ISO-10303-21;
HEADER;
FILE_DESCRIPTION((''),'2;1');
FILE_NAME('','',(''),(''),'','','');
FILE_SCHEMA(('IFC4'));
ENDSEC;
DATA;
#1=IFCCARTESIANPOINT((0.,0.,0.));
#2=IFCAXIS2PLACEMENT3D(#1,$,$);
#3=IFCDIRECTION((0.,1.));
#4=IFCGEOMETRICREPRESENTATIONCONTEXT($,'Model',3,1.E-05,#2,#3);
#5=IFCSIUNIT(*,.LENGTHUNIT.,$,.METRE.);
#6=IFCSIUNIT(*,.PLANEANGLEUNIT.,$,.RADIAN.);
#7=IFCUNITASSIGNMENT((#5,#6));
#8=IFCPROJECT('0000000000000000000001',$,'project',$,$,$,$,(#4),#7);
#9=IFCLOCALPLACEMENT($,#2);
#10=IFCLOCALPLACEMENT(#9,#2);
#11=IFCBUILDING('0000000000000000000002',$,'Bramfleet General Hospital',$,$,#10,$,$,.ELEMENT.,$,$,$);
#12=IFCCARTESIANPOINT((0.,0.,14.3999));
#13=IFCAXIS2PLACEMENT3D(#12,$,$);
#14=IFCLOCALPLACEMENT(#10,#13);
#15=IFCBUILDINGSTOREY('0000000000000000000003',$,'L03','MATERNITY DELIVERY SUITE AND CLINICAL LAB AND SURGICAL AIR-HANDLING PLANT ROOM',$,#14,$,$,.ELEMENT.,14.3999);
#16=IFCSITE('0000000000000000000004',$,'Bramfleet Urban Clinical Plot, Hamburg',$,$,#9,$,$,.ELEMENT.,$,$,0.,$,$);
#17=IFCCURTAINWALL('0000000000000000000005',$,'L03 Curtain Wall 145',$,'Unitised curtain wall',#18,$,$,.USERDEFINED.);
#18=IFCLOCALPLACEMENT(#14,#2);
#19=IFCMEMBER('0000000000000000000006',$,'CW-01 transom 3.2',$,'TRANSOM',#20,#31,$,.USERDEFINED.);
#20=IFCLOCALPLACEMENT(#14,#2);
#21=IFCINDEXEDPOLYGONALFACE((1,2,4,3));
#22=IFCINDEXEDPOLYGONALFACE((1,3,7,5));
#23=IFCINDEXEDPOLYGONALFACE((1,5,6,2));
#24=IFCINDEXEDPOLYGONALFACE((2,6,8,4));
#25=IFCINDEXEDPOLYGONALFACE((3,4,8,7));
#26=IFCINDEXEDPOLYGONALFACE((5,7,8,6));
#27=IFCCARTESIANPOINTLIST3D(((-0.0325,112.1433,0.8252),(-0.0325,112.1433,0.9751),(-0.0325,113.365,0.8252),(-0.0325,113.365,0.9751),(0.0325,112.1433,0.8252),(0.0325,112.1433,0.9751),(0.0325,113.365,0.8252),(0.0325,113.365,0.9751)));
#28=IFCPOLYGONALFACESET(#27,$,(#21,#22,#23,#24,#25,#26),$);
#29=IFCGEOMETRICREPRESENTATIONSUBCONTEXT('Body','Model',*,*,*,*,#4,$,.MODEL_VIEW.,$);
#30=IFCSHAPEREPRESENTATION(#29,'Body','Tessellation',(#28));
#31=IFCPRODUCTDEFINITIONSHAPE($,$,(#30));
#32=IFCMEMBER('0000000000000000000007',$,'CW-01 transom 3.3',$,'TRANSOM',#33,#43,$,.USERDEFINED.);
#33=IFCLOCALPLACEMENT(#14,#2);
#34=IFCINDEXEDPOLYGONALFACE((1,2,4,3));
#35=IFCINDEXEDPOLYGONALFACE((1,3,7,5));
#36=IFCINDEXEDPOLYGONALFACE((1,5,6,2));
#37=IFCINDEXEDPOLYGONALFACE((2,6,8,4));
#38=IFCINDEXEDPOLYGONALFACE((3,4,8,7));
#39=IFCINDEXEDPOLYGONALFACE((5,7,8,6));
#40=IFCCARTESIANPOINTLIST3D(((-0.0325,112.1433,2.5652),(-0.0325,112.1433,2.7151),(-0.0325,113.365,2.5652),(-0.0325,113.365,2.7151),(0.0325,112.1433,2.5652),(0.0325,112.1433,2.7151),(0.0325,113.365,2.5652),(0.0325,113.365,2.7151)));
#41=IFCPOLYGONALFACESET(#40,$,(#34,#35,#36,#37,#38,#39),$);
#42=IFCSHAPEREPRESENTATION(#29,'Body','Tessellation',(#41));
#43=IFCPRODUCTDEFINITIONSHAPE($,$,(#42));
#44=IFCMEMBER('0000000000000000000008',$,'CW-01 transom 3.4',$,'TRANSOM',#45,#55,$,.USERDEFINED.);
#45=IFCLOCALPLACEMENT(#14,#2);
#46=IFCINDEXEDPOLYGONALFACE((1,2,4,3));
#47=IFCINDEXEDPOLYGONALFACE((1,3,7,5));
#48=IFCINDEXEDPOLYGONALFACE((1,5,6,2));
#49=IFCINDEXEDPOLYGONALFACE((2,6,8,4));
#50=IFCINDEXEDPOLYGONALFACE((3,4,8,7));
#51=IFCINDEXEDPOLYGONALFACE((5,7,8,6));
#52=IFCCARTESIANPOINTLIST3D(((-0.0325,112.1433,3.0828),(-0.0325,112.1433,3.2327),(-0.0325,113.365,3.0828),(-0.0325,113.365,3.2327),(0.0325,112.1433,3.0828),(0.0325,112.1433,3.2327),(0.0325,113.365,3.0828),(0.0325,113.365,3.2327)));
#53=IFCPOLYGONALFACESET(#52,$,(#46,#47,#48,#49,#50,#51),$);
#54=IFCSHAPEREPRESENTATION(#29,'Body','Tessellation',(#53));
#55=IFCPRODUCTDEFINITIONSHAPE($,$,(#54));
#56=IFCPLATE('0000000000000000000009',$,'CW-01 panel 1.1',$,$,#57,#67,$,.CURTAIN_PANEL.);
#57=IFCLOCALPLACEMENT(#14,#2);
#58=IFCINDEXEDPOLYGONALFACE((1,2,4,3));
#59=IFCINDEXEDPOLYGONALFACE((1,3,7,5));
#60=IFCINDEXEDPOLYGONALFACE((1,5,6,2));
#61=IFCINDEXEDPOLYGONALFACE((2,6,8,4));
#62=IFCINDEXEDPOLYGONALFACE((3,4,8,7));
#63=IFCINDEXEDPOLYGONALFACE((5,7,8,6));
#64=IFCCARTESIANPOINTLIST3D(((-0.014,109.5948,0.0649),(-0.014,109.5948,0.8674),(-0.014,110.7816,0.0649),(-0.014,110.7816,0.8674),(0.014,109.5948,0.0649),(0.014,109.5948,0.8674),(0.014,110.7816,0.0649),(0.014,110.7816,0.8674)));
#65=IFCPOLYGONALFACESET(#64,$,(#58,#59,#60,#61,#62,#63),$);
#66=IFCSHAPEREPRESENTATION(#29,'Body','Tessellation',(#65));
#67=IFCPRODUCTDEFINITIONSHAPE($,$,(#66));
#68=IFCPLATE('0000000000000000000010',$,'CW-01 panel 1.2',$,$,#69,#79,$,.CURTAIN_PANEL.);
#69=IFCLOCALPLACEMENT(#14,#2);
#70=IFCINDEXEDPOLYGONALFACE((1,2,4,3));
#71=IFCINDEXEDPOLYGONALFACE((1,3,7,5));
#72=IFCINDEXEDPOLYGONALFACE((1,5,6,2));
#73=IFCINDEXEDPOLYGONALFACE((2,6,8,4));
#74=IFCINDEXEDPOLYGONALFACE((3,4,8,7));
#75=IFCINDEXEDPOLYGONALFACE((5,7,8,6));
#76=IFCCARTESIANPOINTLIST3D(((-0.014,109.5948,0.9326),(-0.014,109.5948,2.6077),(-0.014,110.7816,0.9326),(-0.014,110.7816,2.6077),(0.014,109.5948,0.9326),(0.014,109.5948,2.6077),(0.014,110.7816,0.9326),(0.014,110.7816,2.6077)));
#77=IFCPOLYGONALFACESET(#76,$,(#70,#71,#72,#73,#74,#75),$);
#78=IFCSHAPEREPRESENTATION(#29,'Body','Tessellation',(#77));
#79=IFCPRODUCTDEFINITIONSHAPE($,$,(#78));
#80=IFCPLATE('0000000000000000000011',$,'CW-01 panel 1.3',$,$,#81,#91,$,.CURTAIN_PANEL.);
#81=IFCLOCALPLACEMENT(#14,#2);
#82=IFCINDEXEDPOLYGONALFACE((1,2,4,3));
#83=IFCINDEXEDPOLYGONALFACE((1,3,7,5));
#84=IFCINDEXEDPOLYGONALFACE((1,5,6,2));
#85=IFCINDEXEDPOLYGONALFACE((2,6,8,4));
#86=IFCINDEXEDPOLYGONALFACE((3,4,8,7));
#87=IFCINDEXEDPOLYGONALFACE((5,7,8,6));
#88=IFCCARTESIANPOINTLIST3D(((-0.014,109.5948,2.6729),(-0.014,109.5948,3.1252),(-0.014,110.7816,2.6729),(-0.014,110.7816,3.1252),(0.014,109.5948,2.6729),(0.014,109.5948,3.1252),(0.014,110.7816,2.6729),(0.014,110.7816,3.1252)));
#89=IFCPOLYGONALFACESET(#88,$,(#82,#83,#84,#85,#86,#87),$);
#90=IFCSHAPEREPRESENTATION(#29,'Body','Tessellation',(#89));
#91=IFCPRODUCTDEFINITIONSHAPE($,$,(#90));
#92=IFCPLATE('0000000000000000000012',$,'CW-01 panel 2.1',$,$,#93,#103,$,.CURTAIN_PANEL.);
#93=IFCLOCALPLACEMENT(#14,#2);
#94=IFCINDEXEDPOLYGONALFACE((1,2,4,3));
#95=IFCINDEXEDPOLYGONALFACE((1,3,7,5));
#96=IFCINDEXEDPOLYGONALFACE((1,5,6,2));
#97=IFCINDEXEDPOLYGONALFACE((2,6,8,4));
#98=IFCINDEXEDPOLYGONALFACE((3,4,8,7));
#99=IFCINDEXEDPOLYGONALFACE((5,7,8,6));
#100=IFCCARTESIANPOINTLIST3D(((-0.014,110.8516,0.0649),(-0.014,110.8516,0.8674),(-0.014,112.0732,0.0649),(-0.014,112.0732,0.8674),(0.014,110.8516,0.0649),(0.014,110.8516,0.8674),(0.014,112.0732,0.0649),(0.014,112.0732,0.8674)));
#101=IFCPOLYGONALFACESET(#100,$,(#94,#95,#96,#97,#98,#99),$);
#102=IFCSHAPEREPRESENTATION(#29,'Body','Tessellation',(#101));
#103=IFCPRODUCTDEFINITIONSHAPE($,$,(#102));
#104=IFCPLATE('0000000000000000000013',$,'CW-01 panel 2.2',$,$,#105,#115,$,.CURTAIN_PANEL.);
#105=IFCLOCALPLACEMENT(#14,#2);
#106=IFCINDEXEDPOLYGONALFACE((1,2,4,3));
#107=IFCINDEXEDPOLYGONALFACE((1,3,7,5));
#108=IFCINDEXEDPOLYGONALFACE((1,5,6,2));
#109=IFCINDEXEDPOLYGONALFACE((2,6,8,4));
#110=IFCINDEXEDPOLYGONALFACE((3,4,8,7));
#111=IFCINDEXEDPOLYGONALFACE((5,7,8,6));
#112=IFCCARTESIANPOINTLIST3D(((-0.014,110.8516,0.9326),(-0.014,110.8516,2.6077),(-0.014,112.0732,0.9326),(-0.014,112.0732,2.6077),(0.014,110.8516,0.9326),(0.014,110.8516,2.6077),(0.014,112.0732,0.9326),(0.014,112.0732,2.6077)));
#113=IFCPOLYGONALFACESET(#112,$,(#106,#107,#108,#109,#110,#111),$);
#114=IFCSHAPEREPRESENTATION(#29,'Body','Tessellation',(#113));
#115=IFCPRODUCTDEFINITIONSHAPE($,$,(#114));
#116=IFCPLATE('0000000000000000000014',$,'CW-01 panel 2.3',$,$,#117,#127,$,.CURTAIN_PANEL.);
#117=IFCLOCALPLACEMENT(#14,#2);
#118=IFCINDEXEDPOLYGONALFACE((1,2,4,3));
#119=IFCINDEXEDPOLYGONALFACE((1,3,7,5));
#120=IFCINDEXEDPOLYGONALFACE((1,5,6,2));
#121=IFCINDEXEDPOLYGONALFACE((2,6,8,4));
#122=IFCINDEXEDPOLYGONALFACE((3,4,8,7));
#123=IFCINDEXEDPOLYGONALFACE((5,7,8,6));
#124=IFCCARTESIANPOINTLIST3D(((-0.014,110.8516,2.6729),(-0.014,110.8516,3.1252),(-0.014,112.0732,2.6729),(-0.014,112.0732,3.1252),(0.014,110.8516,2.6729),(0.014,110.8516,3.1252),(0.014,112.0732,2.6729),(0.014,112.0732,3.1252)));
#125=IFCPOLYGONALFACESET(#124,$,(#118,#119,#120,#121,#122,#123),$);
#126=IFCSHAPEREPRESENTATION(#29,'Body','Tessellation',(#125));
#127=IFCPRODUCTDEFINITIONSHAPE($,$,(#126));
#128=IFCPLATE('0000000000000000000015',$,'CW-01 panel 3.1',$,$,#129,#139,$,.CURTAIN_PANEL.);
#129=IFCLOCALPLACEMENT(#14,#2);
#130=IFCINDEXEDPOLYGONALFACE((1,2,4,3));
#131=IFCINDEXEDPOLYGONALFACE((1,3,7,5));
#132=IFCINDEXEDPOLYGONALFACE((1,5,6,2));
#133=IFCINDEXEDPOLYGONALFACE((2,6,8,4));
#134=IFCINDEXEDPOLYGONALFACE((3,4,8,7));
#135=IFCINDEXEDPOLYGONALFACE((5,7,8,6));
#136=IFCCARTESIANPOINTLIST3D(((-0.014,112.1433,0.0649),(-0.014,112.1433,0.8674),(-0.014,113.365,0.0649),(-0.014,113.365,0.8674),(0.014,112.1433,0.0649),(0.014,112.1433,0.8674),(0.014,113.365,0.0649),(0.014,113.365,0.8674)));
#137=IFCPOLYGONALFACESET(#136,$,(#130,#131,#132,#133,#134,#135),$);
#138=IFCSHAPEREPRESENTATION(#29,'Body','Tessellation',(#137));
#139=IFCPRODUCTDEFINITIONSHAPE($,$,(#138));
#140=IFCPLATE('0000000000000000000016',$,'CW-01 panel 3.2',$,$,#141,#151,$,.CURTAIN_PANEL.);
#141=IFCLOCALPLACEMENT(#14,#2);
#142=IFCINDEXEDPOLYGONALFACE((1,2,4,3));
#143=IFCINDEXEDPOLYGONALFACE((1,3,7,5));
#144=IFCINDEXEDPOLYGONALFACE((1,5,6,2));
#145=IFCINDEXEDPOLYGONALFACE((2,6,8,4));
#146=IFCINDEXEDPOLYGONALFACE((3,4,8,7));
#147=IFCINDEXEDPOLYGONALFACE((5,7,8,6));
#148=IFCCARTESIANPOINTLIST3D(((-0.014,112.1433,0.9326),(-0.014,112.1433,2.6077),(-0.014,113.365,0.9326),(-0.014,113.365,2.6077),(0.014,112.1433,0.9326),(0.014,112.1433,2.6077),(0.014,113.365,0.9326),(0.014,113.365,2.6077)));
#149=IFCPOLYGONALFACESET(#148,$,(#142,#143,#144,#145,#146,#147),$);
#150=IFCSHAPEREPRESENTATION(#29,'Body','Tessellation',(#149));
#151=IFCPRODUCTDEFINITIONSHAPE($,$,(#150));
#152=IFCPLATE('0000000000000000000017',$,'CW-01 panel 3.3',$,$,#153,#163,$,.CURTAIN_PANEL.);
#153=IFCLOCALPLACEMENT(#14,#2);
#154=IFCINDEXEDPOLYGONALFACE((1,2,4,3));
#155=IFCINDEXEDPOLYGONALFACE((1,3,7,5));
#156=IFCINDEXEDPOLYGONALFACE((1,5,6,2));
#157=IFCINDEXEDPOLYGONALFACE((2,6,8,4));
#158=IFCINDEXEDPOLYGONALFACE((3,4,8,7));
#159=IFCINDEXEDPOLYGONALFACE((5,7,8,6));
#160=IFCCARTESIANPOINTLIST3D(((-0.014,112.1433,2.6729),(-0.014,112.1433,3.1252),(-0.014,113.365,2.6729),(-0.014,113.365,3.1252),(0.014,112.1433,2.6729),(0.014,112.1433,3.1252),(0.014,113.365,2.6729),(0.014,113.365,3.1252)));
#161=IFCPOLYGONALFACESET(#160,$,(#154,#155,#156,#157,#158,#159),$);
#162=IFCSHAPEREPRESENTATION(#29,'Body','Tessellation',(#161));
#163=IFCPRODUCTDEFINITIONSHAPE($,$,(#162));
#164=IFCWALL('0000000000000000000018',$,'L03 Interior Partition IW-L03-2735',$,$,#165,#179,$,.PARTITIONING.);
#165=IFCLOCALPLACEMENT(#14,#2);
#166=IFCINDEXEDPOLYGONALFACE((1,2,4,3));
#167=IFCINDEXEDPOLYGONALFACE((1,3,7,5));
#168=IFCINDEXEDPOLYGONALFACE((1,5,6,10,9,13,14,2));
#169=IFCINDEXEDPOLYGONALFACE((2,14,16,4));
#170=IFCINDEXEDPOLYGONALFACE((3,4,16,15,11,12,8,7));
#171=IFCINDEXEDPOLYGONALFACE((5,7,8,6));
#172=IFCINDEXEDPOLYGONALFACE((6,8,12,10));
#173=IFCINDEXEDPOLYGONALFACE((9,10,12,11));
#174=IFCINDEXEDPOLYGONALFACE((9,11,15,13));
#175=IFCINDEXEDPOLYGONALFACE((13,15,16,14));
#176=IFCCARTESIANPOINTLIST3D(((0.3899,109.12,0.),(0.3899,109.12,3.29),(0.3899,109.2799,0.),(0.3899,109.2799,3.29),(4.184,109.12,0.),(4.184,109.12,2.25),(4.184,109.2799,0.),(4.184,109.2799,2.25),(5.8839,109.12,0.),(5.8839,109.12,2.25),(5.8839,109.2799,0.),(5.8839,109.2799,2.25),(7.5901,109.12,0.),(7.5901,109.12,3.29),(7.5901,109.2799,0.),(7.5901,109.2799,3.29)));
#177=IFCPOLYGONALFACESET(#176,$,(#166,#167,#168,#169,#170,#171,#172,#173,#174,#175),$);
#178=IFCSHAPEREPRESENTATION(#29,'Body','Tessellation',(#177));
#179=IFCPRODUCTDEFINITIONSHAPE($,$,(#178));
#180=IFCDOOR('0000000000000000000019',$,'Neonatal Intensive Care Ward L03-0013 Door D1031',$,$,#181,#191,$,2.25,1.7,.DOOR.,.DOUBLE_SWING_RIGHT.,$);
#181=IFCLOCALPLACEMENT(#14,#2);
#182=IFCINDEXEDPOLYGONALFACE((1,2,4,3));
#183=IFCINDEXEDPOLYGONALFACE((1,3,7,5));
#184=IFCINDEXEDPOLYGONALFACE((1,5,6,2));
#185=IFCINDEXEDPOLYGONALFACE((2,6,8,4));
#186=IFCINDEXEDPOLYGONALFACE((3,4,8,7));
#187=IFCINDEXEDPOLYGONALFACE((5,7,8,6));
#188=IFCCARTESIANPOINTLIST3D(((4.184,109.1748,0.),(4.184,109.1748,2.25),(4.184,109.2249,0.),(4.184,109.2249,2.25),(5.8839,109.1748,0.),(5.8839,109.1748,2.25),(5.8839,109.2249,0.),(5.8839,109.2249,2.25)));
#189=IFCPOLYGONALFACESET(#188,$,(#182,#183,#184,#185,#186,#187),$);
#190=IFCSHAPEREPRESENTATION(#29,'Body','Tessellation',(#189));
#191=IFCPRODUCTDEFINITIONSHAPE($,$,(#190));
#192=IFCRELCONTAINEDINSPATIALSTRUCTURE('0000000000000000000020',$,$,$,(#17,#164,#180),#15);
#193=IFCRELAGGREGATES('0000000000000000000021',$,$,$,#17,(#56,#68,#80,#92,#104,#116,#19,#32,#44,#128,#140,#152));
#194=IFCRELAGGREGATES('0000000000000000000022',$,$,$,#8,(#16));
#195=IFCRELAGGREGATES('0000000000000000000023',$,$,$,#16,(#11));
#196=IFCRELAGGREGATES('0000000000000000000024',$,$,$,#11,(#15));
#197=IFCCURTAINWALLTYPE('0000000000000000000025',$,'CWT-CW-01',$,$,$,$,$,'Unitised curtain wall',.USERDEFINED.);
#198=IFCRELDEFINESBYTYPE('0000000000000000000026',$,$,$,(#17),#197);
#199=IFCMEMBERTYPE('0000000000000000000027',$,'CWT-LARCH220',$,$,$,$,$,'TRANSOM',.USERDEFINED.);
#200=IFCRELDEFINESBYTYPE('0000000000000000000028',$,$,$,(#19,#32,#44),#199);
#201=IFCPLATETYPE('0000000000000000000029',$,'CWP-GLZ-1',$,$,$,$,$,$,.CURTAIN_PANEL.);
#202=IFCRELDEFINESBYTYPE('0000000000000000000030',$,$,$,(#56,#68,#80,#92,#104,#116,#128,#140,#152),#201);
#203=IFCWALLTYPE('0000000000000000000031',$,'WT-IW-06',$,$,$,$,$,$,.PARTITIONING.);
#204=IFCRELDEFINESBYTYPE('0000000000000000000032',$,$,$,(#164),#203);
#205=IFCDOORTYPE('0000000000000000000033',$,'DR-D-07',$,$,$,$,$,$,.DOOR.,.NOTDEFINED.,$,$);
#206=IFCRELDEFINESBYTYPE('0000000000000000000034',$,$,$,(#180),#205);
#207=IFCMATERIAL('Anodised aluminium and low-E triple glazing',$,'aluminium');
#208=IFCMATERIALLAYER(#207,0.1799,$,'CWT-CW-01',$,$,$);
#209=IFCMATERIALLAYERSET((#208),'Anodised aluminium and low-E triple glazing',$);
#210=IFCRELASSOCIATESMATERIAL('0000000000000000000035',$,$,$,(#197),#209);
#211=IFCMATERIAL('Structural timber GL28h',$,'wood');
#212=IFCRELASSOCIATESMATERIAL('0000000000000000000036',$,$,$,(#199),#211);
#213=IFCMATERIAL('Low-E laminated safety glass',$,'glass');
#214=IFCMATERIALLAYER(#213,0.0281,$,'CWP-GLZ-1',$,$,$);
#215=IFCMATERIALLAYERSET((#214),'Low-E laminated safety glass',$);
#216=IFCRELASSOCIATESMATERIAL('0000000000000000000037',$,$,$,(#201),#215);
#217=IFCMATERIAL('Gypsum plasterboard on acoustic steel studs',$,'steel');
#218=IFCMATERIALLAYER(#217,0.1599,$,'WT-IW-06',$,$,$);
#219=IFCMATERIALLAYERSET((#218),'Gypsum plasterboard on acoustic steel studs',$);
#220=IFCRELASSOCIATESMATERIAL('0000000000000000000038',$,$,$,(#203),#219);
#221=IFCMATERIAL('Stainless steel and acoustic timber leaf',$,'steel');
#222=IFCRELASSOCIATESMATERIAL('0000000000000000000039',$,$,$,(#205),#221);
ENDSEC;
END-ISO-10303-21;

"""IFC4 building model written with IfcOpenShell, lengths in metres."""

from ifc_helpers import new_model, si_unit, direction, frame, frame_2d, origin, origin_2d, place, context, subcontext, project, spatial, rectangle, extrude, material, layer, layer_set, material_profile, profile_set, type_object, element, fill, aggregate, save


model = new_model("IFC4")

# Units and contexts
model_context = context("Model", 3, precision=1e-05, world=origin(), true_north=direction((0.0, 1.0)))
body_context = subcontext(model_context, "Body", "Model", "MODEL_VIEW")
ifc_project = project(units=[si_unit("LENGTHUNIT", "METRE"), si_unit("PLANEANGLEUNIT", "RADIAN")], contexts=[model_context])

# Site, building, storey
site_placement = place(None, origin())
site = spatial("IfcSite", under=ifc_project, at=site_placement, Name="Bramfleet Urban Clinical Plot, Hamburg", CompositionType="ELEMENT", RefElevation=0.0)
building_placement = place(site_placement, origin())
building = spatial("IfcBuilding", under=site, at=building_placement, Name="Bramfleet General Hospital", CompositionType="ELEMENT")
storey_placement = place(building_placement, frame((0.0, 0.0, 14.3999)))
storey = spatial("IfcBuildingStorey", under=building, at=storey_placement, Name="L03", Description="MATERNITY DELIVERY SUITE AND CLINICAL LAB AND SURGICAL AIR-HANDLING PLANT ROOM", CompositionType="ELEMENT", Elevation=14.3999)

# Curtain wall, members, plates
ifc_material_1 = material(Name="Anodised aluminium and low-E triple glazing", Category="aluminium")
ifc_layer_1 = layer(ifc_material_1, 0.1799, Name="CWT-CW-01")
ifc_layer_set_1 = layer_set([ifc_layer_1], Name="Anodised aluminium and low-E triple glazing")
curtain_wall_type = type_object("IfcCurtainWallType", Name="CWT-CW-01", ElementType="Unitised curtain wall", PredefinedType="USERDEFINED", material=ifc_layer_set_1)
curtain_wall_placement = place(storey_placement, origin())
curtain_wall = element("IfcCurtainWall", 1, at=curtain_wall_placement, inside=storey, type_object=curtain_wall_type, Name="L03 Curtain Wall 145", ObjectType="Unitised curtain wall", PredefinedType="USERDEFINED")
ifc_material_2 = material(Name="Structural timber GL28h", Category="wood")
ifc_material_profile_1 = material_profile(ifc_material_2, rectangle(XDim=0.0649, YDim=0.1499, at=origin_2d()), Name="LARCH 150x65")
ifc_profile_set_1 = profile_set([ifc_material_profile_1], Name="Structural timber GL28h")
member_type_1 = type_object("IfcMemberType", Name="CWT-LARCH220", ElementType="TRANSOM", PredefinedType="USERDEFINED", material=ifc_profile_set_1)
member_1_placement = place(storey_placement, frame((0.0, 112.1433, 0.9001), z_axis=(0.0, 1.0, 0.0), x_axis=(-1.0, 0.0, 0.0)))
member_1 = element("IfcMember", 2, at=member_1_placement, type_object=member_type_1, Name="CW-01 transom 3.2", ObjectType="TRANSOM", PredefinedType="USERDEFINED", context=body_context, shape_type="SweptSolid", body=[
    extrude(rectangle(XDim=0.0649, YDim=0.1499, at=origin_2d()), origin(), (0.0, 0.0, 1.0), 1.2217),
])
member_2_placement = place(storey_placement, frame((0.0, 112.1433, 2.6401), z_axis=(0.0, 1.0, 0.0), x_axis=(-1.0, 0.0, 0.0)))
member_2 = element("IfcMember", 3, at=member_2_placement, type_object=member_type_1, Name="CW-01 transom 3.3", ObjectType="TRANSOM", PredefinedType="USERDEFINED", context=body_context, shape_type="SweptSolid", body=[
    extrude(rectangle(XDim=0.0649, YDim=0.1499, at=origin_2d()), origin(), (0.0, 0.0, 1.0), 1.2217),
])
member_3_placement = place(storey_placement, frame((0.0, 112.1433, 3.1577), z_axis=(0.0, 1.0, 0.0), x_axis=(-1.0, 0.0, 0.0)))
member_3 = element("IfcMember", 4, at=member_3_placement, type_object=member_type_1, Name="CW-01 transom 3.4", ObjectType="TRANSOM", PredefinedType="USERDEFINED", context=body_context, shape_type="SweptSolid", body=[
    extrude(rectangle(XDim=0.0649, YDim=0.1499, at=origin_2d()), origin(), (0.0, 0.0, 1.0), 1.2217),
])
ifc_material_3 = material(Name="Low-E laminated safety glass", Category="glass")
ifc_layer_2 = layer(ifc_material_3, 0.0281, Name="CWP-GLZ-1")
ifc_layer_set_2 = layer_set([ifc_layer_2], Name="Low-E laminated safety glass")
plate_type = type_object("IfcPlateType", Name="CWP-GLZ-1", PredefinedType="CURTAIN_PANEL", material=ifc_layer_set_2)
plate_1_placement = place(storey_placement, frame((0.0, 110.1882, 0.0649), z_axis=(0.0, 0.0, 1.0), x_axis=(0.0, 1.0, 0.0)))
plate_1 = element("IfcPlate", 5, at=plate_1_placement, type_object=plate_type, Name="CW-01 panel 1.1", PredefinedType="CURTAIN_PANEL", context=body_context, shape_type="SweptSolid", body=[
    extrude(rectangle(XDim=1.1868, YDim=0.0281, at=origin_2d()), origin(), (0.0, 0.0, 1.0), 0.8025),
])
plate_2_placement = place(storey_placement, frame((0.0, 110.1882, 0.9326), z_axis=(0.0, 0.0, 1.0), x_axis=(0.0, 1.0, 0.0)))
plate_2 = element("IfcPlate", 6, at=plate_2_placement, type_object=plate_type, Name="CW-01 panel 1.2", PredefinedType="CURTAIN_PANEL", context=body_context, shape_type="SweptSolid", body=[
    extrude(rectangle(XDim=1.1868, YDim=0.0281, at=origin_2d()), origin(), (0.0, 0.0, 1.0), 1.675),
])
plate_3_placement = place(storey_placement, frame((0.0, 110.1882, 2.6729), z_axis=(0.0, 0.0, 1.0), x_axis=(0.0, 1.0, 0.0)))
plate_3 = element("IfcPlate", 7, at=plate_3_placement, type_object=plate_type, Name="CW-01 panel 1.3", PredefinedType="CURTAIN_PANEL", context=body_context, shape_type="SweptSolid", body=[
    extrude(rectangle(XDim=1.1868, YDim=0.0281, at=origin_2d()), origin(), (0.0, 0.0, 1.0), 0.4524),
])
plate_4_placement = place(storey_placement, frame((0.0, 111.4624, 0.0649), z_axis=(0.0, 0.0, 1.0), x_axis=(0.0, 1.0, 0.0)))
plate_4 = element("IfcPlate", 8, at=plate_4_placement, type_object=plate_type, Name="CW-01 panel 2.1", PredefinedType="CURTAIN_PANEL", context=body_context, shape_type="SweptSolid", body=[
    extrude(rectangle(XDim=1.2217, YDim=0.0281, at=origin_2d()), origin(), (0.0, 0.0, 1.0), 0.8025),
])
plate_5_placement = place(storey_placement, frame((0.0, 111.4624, 0.9326), z_axis=(0.0, 0.0, 1.0), x_axis=(0.0, 1.0, 0.0)))
plate_5 = element("IfcPlate", 9, at=plate_5_placement, type_object=plate_type, Name="CW-01 panel 2.2", PredefinedType="CURTAIN_PANEL", context=body_context, shape_type="SweptSolid", body=[
    extrude(rectangle(XDim=1.2217, YDim=0.0281, at=origin_2d()), origin(), (0.0, 0.0, 1.0), 1.675),
])
plate_6_placement = place(storey_placement, frame((0.0, 111.4624, 2.6729), z_axis=(0.0, 0.0, 1.0), x_axis=(0.0, 1.0, 0.0)))
plate_6 = element("IfcPlate", 10, at=plate_6_placement, type_object=plate_type, Name="CW-01 panel 2.3", PredefinedType="CURTAIN_PANEL", context=body_context, shape_type="SweptSolid", body=[
    extrude(rectangle(XDim=1.2217, YDim=0.0281, at=origin_2d()), origin(), (0.0, 0.0, 1.0), 0.4524),
])
plate_7_placement = place(storey_placement, frame((0.0, 112.7542, 0.0649), z_axis=(0.0, 0.0, 1.0), x_axis=(0.0, 1.0, 0.0)))
plate_7 = element("IfcPlate", 11, at=plate_7_placement, type_object=plate_type, Name="CW-01 panel 3.1", PredefinedType="CURTAIN_PANEL", context=body_context, shape_type="SweptSolid", body=[
    extrude(rectangle(XDim=1.2217, YDim=0.0281, at=origin_2d()), origin(), (0.0, 0.0, 1.0), 0.8025),
])
plate_8_placement = place(storey_placement, frame((0.0, 112.7542, 0.9326), z_axis=(0.0, 0.0, 1.0), x_axis=(0.0, 1.0, 0.0)))
plate_8 = element("IfcPlate", 12, at=plate_8_placement, type_object=plate_type, Name="CW-01 panel 3.2", PredefinedType="CURTAIN_PANEL", context=body_context, shape_type="SweptSolid", body=[
    extrude(rectangle(XDim=1.2217, YDim=0.0281, at=origin_2d()), origin(), (0.0, 0.0, 1.0), 1.675),
])
plate_9_placement = place(storey_placement, frame((0.0, 112.7542, 2.6729), z_axis=(0.0, 0.0, 1.0), x_axis=(0.0, 1.0, 0.0)))
plate_9 = element("IfcPlate", 13, at=plate_9_placement, type_object=plate_type, Name="CW-01 panel 3.3", PredefinedType="CURTAIN_PANEL", context=body_context, shape_type="SweptSolid", body=[
    extrude(rectangle(XDim=1.2217, YDim=0.0281, at=origin_2d()), origin(), (0.0, 0.0, 1.0), 0.4524),
])
aggregate(curtain_wall, [plate_1, plate_2, plate_3, plate_4, plate_5, plate_6, member_1, member_2, member_3, plate_7, plate_8, plate_9])

# Wall, opening, door
ifc_material_4 = material(Name="Gypsum plasterboard on acoustic steel studs", Category="steel")
ifc_layer_3 = layer(ifc_material_4, 0.1599, Name="WT-IW-06")
ifc_layer_set_3 = layer_set([ifc_layer_3], Name="Gypsum plasterboard on acoustic steel studs")
wall_type_1 = type_object("IfcWallType", Name="WT-IW-06", PredefinedType="PARTITIONING", material=ifc_layer_set_3)
wall_1_placement = place(storey_placement, frame((0.3899, 109.2, 0.0), z_axis=(0.0, 0.0, 1.0), x_axis=(1.0, 0.0, 0.0)))
wall_1 = element("IfcWall", 14, at=wall_1_placement, inside=storey, type_object=wall_type_1, Name="L03 Interior Partition IW-L03-2735", PredefinedType="PARTITIONING", context=body_context, shape_type="SweptSolid", body=[
    extrude(rectangle(XDim=7.2002, YDim=0.1599, at=frame_2d((3.6001, 0.0))), origin(), (0.0, 0.0, 1.0), 3.29),
])
opening_1_placement = place(wall_1_placement, frame((3.7939, 0.0, 0.0)))
opening_1 = element("IfcOpeningElement", 15, at=opening_1_placement, cuts=wall_1, PredefinedType="OPENING", context=body_context, shape_type="SweptSolid", body=[
    extrude(rectangle(XDim=1.7, YDim=2.25, at=frame_2d((0.8501, 1.125))), frame((0.0, 0.0898, 0.0), z_axis=(0.0, -1.0, 0.0), x_axis=(1.0, 0.0, 0.0)), (0.0, 0.0, 1.0), 0.1799),
])
ifc_material_5 = material(Name="Stainless steel and acoustic timber leaf", Category="steel")
door_type_1 = type_object("IfcDoorType", Name="DR-D-07", OperationType="NOTDEFINED", PredefinedType="DOOR", material=ifc_material_5)
door_1_placement = place(opening_1_placement, origin())
door_1 = element("IfcDoor", 16, at=door_1_placement, inside=storey, type_object=door_type_1, Name="Neonatal Intensive Care Ward L03-0013 Door D1031", OperationType="DOUBLE_SWING_RIGHT", OverallHeight=2.25, OverallWidth=1.7, PredefinedType="DOOR", context=body_context, shape_type="SweptSolid", body=[
    extrude(rectangle(XDim=1.7, YDim=2.25, at=frame_2d((0.8501, 1.125))), frame((0.0, 0.0249, 0.0), z_axis=(0.0, -1.0, 0.0), x_axis=(1.0, 0.0, 0.0)), (0.0, 0.0, 1.0), 0.05),
])
fill(opening_1, door_1)

save(model, "model.ifc")
